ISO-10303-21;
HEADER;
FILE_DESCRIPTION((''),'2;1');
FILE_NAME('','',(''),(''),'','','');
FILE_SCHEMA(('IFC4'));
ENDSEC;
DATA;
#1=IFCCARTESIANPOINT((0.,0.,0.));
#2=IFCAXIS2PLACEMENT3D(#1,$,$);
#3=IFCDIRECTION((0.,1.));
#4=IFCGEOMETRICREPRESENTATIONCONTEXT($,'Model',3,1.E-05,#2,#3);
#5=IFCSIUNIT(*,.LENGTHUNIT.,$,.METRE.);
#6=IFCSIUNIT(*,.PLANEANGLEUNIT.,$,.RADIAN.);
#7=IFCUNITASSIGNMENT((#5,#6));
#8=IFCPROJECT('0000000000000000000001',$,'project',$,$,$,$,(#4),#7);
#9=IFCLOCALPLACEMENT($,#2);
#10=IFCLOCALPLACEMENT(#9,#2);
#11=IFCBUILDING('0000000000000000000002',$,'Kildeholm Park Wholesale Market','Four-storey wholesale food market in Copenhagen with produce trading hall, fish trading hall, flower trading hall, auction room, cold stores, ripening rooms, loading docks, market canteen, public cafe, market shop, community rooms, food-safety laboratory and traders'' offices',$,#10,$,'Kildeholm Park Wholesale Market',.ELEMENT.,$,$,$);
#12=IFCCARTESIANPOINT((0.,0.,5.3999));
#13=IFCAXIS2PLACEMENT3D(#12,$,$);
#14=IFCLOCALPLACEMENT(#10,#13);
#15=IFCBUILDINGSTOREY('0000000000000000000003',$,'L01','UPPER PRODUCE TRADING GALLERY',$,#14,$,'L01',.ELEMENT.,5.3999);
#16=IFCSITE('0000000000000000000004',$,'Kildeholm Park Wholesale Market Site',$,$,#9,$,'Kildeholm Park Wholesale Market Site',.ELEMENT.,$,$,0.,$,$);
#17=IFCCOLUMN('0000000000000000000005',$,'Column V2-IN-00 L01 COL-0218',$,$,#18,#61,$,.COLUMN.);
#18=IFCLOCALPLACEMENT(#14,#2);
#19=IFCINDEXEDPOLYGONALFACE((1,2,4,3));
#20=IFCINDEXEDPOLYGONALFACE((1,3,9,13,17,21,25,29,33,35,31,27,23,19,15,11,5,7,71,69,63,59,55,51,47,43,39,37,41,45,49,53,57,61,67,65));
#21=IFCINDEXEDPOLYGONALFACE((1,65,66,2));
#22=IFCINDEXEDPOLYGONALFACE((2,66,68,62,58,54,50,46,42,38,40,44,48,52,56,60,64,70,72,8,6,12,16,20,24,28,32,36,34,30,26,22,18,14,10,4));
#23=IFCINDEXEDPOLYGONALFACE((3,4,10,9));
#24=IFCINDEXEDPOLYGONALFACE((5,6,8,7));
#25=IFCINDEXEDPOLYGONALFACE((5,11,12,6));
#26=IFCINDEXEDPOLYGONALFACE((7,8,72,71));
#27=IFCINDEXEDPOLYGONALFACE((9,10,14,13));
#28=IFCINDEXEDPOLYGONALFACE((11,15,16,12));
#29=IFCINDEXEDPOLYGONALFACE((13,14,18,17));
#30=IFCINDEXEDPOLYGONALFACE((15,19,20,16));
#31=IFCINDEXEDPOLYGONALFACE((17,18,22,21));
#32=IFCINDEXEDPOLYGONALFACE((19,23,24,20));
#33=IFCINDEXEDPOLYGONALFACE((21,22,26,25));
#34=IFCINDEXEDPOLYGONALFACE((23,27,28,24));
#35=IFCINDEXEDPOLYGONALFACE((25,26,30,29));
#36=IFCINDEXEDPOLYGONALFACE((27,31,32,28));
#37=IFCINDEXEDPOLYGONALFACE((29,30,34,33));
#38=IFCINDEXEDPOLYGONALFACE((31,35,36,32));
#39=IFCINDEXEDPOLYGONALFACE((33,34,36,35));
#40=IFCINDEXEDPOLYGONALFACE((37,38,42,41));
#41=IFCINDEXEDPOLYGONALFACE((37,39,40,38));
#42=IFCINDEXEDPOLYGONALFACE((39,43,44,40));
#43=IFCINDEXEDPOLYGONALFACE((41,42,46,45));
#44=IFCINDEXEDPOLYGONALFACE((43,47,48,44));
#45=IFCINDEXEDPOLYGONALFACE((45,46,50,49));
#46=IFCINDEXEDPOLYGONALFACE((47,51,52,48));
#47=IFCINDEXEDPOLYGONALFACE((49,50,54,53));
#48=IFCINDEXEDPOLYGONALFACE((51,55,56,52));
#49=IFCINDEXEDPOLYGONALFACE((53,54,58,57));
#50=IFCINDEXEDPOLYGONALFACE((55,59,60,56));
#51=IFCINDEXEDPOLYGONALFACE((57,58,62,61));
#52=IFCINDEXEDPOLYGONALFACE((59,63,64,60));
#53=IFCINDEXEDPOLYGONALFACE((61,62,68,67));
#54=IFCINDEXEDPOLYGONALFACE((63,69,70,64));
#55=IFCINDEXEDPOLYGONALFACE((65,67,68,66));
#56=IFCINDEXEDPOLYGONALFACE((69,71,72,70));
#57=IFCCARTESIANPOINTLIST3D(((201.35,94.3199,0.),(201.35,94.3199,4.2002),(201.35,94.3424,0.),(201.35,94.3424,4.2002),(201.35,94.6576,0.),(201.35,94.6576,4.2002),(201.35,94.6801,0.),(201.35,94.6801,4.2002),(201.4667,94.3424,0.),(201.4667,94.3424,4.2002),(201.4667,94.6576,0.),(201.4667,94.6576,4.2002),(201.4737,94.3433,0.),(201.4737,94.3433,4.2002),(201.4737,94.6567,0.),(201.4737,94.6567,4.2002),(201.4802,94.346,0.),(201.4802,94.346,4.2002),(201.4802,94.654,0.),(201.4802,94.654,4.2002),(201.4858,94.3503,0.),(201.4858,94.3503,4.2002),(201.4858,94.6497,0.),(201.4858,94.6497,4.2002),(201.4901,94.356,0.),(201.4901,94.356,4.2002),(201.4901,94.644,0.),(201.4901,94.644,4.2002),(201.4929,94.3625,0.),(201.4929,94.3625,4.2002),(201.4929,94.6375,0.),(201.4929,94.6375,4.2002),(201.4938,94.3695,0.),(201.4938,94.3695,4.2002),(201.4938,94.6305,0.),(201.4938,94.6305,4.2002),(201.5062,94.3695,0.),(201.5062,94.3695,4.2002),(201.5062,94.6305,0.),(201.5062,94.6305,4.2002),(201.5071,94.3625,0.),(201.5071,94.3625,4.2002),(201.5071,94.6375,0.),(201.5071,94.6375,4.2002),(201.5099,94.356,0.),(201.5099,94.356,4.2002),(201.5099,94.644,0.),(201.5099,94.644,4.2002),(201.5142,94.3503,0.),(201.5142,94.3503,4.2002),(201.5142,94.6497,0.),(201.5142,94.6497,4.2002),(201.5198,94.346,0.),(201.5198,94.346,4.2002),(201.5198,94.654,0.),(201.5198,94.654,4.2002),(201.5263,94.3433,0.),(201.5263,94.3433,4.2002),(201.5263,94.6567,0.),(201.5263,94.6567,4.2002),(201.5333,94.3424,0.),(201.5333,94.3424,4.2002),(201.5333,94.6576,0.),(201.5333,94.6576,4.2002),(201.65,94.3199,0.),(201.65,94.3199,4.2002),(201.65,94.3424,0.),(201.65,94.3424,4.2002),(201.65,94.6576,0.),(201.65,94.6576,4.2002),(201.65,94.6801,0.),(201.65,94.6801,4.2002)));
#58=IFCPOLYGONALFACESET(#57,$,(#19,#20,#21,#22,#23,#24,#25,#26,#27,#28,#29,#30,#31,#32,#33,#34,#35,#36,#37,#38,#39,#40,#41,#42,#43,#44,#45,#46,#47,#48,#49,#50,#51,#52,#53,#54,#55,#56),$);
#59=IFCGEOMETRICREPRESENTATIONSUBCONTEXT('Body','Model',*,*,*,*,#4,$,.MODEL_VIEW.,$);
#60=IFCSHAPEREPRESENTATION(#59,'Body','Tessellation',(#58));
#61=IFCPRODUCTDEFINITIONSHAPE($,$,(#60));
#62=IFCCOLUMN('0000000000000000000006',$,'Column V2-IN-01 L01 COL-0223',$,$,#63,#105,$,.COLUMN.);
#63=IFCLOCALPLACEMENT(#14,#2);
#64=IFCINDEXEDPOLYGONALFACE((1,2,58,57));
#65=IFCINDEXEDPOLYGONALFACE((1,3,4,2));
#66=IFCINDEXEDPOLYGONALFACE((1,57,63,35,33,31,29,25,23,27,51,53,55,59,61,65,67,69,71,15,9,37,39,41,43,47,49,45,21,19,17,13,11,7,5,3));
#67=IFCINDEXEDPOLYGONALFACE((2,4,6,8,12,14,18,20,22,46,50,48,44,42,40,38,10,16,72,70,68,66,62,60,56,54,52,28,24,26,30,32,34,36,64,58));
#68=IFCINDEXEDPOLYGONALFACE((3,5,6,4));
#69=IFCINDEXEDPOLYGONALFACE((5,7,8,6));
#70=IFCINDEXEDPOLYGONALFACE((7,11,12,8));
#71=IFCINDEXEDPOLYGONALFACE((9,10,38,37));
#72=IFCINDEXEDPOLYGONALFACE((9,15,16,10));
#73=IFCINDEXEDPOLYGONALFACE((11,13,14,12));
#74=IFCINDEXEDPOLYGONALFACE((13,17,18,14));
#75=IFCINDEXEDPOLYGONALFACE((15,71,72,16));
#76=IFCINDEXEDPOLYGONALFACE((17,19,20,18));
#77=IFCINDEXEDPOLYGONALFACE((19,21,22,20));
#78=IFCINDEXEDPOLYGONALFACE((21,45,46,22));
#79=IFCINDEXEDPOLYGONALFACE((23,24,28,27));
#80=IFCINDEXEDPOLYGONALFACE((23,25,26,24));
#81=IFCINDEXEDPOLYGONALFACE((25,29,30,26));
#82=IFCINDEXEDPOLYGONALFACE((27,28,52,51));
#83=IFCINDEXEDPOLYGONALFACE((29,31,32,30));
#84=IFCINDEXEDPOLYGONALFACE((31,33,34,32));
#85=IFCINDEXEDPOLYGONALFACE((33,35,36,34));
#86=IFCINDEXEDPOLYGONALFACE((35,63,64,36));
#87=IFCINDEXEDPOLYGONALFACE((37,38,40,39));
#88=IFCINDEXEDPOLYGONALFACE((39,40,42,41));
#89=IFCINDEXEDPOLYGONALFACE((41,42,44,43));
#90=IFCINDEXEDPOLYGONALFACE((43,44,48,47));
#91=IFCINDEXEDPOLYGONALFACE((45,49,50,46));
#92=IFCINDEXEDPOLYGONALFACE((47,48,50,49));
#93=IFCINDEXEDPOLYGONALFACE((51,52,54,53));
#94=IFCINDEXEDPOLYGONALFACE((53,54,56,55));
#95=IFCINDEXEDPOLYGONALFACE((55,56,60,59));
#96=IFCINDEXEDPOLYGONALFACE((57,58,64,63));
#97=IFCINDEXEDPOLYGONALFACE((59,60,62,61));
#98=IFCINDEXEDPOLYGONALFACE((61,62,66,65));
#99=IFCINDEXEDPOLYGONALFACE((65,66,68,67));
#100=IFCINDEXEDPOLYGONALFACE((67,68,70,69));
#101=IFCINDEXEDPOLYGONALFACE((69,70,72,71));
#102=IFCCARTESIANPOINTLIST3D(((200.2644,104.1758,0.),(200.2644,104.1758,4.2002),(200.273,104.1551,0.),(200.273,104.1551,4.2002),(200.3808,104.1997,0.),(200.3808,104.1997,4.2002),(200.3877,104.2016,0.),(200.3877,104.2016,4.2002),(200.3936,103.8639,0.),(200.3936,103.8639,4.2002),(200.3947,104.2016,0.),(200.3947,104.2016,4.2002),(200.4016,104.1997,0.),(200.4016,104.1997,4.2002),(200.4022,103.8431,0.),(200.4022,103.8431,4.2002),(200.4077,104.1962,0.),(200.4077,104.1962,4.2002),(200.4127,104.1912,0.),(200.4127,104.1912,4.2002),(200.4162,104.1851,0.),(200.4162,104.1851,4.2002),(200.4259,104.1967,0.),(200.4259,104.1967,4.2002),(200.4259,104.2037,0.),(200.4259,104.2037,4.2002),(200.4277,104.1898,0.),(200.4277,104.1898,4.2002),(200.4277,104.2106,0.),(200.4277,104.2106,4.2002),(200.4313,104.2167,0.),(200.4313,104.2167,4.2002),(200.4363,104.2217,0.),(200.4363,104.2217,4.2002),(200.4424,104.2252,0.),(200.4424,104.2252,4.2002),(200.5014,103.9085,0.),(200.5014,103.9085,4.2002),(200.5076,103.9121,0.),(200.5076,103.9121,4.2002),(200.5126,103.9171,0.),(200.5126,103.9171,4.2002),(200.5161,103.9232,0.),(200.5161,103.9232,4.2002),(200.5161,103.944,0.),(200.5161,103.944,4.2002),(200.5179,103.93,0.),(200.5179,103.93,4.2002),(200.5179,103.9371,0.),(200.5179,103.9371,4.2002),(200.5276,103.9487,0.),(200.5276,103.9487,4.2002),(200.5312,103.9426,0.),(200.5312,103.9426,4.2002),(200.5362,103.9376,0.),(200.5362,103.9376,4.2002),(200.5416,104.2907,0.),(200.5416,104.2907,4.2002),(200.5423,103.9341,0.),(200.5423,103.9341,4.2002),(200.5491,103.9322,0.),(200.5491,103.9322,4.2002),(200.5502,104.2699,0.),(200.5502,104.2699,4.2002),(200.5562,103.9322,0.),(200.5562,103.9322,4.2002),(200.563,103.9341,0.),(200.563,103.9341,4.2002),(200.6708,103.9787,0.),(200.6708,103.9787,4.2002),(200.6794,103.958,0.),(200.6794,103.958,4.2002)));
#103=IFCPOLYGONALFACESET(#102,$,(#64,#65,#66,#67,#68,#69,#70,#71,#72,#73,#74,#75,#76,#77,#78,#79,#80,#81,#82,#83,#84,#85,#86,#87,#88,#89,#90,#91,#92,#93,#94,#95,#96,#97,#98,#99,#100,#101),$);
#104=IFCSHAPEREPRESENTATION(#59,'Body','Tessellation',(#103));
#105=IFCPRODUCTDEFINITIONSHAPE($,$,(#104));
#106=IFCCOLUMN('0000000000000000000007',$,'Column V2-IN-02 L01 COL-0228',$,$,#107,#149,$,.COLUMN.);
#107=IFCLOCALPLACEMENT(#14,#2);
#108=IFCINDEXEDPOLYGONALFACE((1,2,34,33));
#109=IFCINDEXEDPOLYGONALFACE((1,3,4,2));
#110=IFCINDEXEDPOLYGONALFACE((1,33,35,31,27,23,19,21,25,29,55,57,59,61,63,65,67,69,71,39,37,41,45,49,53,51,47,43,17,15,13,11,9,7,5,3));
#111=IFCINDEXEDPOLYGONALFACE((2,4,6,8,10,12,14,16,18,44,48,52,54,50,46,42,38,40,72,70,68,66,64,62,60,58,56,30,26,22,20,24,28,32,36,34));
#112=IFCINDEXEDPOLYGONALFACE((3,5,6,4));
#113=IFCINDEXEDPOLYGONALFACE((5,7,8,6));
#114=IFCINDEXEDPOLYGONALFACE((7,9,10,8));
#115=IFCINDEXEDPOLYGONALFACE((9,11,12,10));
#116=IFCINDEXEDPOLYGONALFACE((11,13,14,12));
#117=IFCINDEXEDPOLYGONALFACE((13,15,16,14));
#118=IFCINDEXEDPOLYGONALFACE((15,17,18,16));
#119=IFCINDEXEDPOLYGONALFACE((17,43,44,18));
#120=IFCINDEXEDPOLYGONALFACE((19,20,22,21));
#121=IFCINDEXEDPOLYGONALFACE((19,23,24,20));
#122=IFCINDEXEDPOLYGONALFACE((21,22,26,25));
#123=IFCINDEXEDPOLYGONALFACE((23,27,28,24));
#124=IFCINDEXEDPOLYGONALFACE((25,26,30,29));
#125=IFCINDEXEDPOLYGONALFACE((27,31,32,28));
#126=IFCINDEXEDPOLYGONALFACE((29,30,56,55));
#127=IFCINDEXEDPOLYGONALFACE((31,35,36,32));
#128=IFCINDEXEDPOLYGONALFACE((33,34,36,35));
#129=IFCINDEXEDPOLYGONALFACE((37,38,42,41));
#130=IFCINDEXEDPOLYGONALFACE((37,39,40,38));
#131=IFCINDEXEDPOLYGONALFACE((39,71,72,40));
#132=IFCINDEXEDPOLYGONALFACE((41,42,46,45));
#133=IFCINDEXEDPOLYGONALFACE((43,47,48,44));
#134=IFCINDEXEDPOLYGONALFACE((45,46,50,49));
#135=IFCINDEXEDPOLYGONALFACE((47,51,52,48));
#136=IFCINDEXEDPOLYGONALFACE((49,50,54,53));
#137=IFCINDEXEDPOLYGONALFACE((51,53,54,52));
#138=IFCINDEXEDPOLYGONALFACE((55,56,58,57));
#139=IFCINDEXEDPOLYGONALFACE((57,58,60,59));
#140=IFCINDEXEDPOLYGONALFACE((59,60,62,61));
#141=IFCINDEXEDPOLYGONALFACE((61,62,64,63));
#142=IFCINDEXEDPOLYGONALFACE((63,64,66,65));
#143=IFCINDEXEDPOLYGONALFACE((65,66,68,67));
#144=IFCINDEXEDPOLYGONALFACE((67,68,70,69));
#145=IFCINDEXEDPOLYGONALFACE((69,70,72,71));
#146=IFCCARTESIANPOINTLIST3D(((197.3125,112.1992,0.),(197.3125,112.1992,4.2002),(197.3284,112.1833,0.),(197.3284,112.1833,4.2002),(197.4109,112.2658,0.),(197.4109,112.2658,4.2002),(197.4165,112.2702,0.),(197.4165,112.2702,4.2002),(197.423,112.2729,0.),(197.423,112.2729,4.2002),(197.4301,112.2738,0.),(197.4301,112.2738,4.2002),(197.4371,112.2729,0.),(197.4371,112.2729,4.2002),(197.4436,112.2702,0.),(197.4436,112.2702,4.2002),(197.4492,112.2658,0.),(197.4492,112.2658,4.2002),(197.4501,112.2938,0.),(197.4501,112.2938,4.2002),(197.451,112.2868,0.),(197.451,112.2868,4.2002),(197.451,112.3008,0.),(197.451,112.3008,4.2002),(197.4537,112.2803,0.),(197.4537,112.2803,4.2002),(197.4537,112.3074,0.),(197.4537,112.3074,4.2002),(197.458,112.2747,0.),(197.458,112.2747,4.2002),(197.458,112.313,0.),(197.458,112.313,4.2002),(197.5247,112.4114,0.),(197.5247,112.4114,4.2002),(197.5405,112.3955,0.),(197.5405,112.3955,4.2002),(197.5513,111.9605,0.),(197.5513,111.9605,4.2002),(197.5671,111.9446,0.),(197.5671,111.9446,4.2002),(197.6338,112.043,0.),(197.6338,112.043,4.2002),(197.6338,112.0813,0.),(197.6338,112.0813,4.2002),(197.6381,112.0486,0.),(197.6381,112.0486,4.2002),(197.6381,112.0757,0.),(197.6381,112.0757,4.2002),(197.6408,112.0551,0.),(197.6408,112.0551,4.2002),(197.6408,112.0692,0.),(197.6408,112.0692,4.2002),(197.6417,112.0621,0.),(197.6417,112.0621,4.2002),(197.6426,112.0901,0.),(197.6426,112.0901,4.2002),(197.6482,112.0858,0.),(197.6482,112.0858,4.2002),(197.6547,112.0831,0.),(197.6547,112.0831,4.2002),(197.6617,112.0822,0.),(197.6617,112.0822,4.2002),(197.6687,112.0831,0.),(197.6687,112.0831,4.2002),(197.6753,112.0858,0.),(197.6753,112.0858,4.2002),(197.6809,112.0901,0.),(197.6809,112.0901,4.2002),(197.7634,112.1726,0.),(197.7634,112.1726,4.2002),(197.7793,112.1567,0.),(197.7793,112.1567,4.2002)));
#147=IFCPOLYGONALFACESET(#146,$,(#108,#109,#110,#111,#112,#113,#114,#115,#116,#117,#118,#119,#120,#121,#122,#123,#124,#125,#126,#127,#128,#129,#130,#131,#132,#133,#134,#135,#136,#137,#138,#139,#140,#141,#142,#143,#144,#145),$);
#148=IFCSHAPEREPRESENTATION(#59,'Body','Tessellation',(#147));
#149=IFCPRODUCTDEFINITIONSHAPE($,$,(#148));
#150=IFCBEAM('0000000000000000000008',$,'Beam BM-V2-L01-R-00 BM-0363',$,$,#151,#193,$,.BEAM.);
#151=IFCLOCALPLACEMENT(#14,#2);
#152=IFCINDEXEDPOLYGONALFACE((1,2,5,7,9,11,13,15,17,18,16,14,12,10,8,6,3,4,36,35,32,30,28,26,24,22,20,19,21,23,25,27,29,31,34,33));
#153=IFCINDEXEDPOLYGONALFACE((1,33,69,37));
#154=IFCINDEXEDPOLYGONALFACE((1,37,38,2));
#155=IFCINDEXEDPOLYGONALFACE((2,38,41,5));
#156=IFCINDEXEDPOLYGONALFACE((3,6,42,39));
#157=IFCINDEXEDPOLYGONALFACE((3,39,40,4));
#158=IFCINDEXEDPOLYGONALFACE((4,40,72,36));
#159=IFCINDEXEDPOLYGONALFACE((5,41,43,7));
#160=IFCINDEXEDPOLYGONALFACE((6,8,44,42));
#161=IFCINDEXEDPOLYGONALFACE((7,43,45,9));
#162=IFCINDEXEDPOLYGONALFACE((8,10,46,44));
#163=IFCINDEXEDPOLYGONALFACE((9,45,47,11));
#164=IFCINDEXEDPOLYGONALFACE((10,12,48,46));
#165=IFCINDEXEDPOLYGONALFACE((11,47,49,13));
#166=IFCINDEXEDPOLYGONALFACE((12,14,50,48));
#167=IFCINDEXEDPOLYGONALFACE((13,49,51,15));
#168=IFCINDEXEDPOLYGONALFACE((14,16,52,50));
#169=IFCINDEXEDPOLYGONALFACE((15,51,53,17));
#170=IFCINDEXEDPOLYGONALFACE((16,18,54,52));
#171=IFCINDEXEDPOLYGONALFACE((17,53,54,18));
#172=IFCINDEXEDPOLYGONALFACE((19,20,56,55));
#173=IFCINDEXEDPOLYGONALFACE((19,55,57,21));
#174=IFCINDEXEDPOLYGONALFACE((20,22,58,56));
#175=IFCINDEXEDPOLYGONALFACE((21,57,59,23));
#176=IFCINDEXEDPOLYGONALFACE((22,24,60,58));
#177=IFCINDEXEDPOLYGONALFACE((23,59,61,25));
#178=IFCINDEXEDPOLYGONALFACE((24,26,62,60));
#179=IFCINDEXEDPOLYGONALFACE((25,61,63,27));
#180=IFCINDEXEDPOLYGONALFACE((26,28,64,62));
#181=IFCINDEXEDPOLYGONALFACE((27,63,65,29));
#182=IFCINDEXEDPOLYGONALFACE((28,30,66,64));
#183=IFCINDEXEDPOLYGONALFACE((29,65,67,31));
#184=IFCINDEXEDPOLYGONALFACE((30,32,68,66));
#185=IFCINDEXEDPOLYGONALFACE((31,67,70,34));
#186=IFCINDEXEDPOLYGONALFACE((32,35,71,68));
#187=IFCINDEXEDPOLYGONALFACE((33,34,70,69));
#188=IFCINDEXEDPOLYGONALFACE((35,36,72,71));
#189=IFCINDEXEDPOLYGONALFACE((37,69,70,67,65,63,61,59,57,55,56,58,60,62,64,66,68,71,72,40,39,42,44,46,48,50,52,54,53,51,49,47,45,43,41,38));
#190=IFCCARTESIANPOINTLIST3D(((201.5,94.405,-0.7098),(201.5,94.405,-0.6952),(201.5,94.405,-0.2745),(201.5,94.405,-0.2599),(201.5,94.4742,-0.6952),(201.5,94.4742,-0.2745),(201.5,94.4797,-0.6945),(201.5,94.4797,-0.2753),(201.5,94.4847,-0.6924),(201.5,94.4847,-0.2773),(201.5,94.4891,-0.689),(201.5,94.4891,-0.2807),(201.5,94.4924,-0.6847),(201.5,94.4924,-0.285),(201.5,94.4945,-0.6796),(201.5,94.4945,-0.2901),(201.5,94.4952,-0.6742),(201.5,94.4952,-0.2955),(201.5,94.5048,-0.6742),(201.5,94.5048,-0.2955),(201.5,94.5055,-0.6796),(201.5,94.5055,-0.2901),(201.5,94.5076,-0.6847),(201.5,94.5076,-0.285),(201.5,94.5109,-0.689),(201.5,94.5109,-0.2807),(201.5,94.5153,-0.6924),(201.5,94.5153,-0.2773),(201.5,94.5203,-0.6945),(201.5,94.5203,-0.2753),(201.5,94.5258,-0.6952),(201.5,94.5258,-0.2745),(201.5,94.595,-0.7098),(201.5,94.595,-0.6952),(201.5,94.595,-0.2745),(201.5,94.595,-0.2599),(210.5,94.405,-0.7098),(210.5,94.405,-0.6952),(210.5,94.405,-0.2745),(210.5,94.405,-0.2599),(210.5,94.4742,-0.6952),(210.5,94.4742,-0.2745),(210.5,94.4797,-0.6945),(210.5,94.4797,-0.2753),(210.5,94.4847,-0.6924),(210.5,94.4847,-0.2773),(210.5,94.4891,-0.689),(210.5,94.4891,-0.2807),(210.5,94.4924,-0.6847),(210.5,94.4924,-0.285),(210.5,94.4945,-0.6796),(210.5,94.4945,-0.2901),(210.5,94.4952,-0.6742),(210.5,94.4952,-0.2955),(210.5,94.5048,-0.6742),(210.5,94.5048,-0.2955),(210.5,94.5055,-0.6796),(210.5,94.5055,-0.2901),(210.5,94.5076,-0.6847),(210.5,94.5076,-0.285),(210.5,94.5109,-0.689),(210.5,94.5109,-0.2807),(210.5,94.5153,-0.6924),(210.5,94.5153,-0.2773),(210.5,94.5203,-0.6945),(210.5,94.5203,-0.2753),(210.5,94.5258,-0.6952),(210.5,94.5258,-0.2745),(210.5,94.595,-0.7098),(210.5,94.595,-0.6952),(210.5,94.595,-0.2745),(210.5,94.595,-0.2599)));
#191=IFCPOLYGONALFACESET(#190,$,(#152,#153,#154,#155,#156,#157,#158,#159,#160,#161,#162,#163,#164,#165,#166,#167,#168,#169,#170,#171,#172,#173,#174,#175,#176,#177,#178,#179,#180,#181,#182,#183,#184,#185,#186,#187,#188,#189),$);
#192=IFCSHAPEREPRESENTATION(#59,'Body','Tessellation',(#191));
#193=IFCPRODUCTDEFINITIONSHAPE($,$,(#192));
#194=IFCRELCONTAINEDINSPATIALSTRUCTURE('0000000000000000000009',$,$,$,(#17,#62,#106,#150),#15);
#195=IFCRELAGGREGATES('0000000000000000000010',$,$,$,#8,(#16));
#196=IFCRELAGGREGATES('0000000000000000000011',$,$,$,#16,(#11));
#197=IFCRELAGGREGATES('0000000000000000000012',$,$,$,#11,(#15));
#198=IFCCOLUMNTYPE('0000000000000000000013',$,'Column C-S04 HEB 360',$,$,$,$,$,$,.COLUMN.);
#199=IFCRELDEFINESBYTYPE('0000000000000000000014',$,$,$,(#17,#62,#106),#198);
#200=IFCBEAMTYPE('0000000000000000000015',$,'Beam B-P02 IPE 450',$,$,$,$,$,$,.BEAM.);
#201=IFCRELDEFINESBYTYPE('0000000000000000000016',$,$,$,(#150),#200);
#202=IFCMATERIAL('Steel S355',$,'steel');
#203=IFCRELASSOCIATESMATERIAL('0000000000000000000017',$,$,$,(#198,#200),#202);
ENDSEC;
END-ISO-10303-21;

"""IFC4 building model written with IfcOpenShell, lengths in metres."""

from ifc_helpers import new_model, si_unit, direction, frame, origin, origin_2d, place, context, subcontext, project, spatial, i_section, extrude, material, material_profile, profile_set, type_object, element, save


model = new_model("IFC4")

# Units and contexts
model_context = context("Model", 3, precision=1e-05, world=origin(), true_north=direction((0.0, 1.0)))
body_context = subcontext(model_context, "Body", "Model", "MODEL_VIEW")
ifc_project = project(units=[si_unit("LENGTHUNIT", "METRE"), si_unit("PLANEANGLEUNIT", "RADIAN")], contexts=[model_context])

# Site, building, storey
site_placement = place(None, origin())
site = spatial("IfcSite", under=ifc_project, at=site_placement, Name="Kildeholm Park Wholesale Market Site", LongName="Kildeholm Park Wholesale Market Site", CompositionType="ELEMENT", RefElevation=0.0)
building_placement = place(site_placement, origin())
building = spatial("IfcBuilding", under=site, at=building_placement, Name="Kildeholm Park Wholesale Market", Description="Four-storey wholesale food market in Copenhagen with produce trading hall, fish trading hall, flower trading hall, auction room, cold stores, ripening rooms, loading docks, market canteen, public cafe, market shop, community rooms, food-safety laboratory and traders' offices", LongName="Kildeholm Park Wholesale Market", CompositionType="ELEMENT")
storey_placement = place(building_placement, frame((0.0, 0.0, 5.3999)))
storey = spatial("IfcBuildingStorey", under=building, at=storey_placement, Name="L01", Description="UPPER PRODUCE TRADING GALLERY", LongName="L01", CompositionType="ELEMENT", Elevation=5.3999)

# Columns
ifc_material_1 = material(Name="Steel S355", Category="steel")
ifc_material_profile_1 = material_profile(ifc_material_1, i_section(OverallWidth=0.3, OverallDepth=0.3601, WebThickness=0.0125, FlangeThickness=0.0225, FilletRadius=0.0271, at=origin_2d()), Name="HEB 360")
ifc_profile_set_1 = profile_set([ifc_material_profile_1], Name="Steel S355")
column_type = type_object("IfcColumnType", Name="Column C-S04 HEB 360", PredefinedType="COLUMN", material=ifc_profile_set_1)
for number, where, z_axis, x_axis, name in (
    (1, (201.5, 94.5, 0.0), (0.0, 0.0, 1.0), (1.0, 0.0, 0.0), "Column V2-IN-00 L01 COL-0218"),
    (2, (200.4719, 104.0669, 0.0), (0.0, 0.0, 1.0), (0.92388, 0.382683, 0.0), "Column V2-IN-01 L01 COL-0223"),
    (3, (197.5459, 112.178, 0.0), (0.0, 0.0, 1.0), (0.707107, 0.707107, 0.0), "Column V2-IN-02 L01 COL-0228"),
):
    element("IfcColumn", number, at=place(storey_placement, frame(where, z_axis=z_axis, x_axis=x_axis)), inside=storey, type_object=column_type, Name=name, PredefinedType="COLUMN", context=body_context, shape_type="SweptSolid", body=[
        extrude(i_section(OverallWidth=0.3, OverallDepth=0.3601, WebThickness=0.0125, FlangeThickness=0.0225, FilletRadius=0.0271, at=origin_2d()), origin(), (0.0, 0.0, 1.0), 4.2002),
    ])

# Beam
ifc_material_profile_2 = material_profile(ifc_material_1, i_section(OverallWidth=0.1899, OverallDepth=0.45, WebThickness=0.0095, FlangeThickness=0.0146, FilletRadius=0.021, at=origin_2d()), Name="IPE 450")
ifc_profile_set_2 = profile_set([ifc_material_profile_2], Name="Steel S355")
beam_type_1 = type_object("IfcBeamType", Name="Beam B-P02 IPE 450", PredefinedType="BEAM", material=ifc_profile_set_2)
beam_1_placement = place(storey_placement, frame((201.5, 94.5, -0.4849), z_axis=(1.0, 0.0, 0.0), x_axis=(0.0, 1.0, 0.0)))
element("IfcBeam", 4, at=beam_1_placement, inside=storey, type_object=beam_type_1, Name="Beam BM-V2-L01-R-00 BM-0363", PredefinedType="BEAM", context=body_context, shape_type="SweptSolid", body=[
    extrude(i_section(OverallWidth=0.1899, OverallDepth=0.45, WebThickness=0.0095, FlangeThickness=0.0146, FilletRadius=0.021, at=origin_2d()), origin(), (0.0, 0.0, 1.0), 9.0),
])

save(model, "model.ifc")
